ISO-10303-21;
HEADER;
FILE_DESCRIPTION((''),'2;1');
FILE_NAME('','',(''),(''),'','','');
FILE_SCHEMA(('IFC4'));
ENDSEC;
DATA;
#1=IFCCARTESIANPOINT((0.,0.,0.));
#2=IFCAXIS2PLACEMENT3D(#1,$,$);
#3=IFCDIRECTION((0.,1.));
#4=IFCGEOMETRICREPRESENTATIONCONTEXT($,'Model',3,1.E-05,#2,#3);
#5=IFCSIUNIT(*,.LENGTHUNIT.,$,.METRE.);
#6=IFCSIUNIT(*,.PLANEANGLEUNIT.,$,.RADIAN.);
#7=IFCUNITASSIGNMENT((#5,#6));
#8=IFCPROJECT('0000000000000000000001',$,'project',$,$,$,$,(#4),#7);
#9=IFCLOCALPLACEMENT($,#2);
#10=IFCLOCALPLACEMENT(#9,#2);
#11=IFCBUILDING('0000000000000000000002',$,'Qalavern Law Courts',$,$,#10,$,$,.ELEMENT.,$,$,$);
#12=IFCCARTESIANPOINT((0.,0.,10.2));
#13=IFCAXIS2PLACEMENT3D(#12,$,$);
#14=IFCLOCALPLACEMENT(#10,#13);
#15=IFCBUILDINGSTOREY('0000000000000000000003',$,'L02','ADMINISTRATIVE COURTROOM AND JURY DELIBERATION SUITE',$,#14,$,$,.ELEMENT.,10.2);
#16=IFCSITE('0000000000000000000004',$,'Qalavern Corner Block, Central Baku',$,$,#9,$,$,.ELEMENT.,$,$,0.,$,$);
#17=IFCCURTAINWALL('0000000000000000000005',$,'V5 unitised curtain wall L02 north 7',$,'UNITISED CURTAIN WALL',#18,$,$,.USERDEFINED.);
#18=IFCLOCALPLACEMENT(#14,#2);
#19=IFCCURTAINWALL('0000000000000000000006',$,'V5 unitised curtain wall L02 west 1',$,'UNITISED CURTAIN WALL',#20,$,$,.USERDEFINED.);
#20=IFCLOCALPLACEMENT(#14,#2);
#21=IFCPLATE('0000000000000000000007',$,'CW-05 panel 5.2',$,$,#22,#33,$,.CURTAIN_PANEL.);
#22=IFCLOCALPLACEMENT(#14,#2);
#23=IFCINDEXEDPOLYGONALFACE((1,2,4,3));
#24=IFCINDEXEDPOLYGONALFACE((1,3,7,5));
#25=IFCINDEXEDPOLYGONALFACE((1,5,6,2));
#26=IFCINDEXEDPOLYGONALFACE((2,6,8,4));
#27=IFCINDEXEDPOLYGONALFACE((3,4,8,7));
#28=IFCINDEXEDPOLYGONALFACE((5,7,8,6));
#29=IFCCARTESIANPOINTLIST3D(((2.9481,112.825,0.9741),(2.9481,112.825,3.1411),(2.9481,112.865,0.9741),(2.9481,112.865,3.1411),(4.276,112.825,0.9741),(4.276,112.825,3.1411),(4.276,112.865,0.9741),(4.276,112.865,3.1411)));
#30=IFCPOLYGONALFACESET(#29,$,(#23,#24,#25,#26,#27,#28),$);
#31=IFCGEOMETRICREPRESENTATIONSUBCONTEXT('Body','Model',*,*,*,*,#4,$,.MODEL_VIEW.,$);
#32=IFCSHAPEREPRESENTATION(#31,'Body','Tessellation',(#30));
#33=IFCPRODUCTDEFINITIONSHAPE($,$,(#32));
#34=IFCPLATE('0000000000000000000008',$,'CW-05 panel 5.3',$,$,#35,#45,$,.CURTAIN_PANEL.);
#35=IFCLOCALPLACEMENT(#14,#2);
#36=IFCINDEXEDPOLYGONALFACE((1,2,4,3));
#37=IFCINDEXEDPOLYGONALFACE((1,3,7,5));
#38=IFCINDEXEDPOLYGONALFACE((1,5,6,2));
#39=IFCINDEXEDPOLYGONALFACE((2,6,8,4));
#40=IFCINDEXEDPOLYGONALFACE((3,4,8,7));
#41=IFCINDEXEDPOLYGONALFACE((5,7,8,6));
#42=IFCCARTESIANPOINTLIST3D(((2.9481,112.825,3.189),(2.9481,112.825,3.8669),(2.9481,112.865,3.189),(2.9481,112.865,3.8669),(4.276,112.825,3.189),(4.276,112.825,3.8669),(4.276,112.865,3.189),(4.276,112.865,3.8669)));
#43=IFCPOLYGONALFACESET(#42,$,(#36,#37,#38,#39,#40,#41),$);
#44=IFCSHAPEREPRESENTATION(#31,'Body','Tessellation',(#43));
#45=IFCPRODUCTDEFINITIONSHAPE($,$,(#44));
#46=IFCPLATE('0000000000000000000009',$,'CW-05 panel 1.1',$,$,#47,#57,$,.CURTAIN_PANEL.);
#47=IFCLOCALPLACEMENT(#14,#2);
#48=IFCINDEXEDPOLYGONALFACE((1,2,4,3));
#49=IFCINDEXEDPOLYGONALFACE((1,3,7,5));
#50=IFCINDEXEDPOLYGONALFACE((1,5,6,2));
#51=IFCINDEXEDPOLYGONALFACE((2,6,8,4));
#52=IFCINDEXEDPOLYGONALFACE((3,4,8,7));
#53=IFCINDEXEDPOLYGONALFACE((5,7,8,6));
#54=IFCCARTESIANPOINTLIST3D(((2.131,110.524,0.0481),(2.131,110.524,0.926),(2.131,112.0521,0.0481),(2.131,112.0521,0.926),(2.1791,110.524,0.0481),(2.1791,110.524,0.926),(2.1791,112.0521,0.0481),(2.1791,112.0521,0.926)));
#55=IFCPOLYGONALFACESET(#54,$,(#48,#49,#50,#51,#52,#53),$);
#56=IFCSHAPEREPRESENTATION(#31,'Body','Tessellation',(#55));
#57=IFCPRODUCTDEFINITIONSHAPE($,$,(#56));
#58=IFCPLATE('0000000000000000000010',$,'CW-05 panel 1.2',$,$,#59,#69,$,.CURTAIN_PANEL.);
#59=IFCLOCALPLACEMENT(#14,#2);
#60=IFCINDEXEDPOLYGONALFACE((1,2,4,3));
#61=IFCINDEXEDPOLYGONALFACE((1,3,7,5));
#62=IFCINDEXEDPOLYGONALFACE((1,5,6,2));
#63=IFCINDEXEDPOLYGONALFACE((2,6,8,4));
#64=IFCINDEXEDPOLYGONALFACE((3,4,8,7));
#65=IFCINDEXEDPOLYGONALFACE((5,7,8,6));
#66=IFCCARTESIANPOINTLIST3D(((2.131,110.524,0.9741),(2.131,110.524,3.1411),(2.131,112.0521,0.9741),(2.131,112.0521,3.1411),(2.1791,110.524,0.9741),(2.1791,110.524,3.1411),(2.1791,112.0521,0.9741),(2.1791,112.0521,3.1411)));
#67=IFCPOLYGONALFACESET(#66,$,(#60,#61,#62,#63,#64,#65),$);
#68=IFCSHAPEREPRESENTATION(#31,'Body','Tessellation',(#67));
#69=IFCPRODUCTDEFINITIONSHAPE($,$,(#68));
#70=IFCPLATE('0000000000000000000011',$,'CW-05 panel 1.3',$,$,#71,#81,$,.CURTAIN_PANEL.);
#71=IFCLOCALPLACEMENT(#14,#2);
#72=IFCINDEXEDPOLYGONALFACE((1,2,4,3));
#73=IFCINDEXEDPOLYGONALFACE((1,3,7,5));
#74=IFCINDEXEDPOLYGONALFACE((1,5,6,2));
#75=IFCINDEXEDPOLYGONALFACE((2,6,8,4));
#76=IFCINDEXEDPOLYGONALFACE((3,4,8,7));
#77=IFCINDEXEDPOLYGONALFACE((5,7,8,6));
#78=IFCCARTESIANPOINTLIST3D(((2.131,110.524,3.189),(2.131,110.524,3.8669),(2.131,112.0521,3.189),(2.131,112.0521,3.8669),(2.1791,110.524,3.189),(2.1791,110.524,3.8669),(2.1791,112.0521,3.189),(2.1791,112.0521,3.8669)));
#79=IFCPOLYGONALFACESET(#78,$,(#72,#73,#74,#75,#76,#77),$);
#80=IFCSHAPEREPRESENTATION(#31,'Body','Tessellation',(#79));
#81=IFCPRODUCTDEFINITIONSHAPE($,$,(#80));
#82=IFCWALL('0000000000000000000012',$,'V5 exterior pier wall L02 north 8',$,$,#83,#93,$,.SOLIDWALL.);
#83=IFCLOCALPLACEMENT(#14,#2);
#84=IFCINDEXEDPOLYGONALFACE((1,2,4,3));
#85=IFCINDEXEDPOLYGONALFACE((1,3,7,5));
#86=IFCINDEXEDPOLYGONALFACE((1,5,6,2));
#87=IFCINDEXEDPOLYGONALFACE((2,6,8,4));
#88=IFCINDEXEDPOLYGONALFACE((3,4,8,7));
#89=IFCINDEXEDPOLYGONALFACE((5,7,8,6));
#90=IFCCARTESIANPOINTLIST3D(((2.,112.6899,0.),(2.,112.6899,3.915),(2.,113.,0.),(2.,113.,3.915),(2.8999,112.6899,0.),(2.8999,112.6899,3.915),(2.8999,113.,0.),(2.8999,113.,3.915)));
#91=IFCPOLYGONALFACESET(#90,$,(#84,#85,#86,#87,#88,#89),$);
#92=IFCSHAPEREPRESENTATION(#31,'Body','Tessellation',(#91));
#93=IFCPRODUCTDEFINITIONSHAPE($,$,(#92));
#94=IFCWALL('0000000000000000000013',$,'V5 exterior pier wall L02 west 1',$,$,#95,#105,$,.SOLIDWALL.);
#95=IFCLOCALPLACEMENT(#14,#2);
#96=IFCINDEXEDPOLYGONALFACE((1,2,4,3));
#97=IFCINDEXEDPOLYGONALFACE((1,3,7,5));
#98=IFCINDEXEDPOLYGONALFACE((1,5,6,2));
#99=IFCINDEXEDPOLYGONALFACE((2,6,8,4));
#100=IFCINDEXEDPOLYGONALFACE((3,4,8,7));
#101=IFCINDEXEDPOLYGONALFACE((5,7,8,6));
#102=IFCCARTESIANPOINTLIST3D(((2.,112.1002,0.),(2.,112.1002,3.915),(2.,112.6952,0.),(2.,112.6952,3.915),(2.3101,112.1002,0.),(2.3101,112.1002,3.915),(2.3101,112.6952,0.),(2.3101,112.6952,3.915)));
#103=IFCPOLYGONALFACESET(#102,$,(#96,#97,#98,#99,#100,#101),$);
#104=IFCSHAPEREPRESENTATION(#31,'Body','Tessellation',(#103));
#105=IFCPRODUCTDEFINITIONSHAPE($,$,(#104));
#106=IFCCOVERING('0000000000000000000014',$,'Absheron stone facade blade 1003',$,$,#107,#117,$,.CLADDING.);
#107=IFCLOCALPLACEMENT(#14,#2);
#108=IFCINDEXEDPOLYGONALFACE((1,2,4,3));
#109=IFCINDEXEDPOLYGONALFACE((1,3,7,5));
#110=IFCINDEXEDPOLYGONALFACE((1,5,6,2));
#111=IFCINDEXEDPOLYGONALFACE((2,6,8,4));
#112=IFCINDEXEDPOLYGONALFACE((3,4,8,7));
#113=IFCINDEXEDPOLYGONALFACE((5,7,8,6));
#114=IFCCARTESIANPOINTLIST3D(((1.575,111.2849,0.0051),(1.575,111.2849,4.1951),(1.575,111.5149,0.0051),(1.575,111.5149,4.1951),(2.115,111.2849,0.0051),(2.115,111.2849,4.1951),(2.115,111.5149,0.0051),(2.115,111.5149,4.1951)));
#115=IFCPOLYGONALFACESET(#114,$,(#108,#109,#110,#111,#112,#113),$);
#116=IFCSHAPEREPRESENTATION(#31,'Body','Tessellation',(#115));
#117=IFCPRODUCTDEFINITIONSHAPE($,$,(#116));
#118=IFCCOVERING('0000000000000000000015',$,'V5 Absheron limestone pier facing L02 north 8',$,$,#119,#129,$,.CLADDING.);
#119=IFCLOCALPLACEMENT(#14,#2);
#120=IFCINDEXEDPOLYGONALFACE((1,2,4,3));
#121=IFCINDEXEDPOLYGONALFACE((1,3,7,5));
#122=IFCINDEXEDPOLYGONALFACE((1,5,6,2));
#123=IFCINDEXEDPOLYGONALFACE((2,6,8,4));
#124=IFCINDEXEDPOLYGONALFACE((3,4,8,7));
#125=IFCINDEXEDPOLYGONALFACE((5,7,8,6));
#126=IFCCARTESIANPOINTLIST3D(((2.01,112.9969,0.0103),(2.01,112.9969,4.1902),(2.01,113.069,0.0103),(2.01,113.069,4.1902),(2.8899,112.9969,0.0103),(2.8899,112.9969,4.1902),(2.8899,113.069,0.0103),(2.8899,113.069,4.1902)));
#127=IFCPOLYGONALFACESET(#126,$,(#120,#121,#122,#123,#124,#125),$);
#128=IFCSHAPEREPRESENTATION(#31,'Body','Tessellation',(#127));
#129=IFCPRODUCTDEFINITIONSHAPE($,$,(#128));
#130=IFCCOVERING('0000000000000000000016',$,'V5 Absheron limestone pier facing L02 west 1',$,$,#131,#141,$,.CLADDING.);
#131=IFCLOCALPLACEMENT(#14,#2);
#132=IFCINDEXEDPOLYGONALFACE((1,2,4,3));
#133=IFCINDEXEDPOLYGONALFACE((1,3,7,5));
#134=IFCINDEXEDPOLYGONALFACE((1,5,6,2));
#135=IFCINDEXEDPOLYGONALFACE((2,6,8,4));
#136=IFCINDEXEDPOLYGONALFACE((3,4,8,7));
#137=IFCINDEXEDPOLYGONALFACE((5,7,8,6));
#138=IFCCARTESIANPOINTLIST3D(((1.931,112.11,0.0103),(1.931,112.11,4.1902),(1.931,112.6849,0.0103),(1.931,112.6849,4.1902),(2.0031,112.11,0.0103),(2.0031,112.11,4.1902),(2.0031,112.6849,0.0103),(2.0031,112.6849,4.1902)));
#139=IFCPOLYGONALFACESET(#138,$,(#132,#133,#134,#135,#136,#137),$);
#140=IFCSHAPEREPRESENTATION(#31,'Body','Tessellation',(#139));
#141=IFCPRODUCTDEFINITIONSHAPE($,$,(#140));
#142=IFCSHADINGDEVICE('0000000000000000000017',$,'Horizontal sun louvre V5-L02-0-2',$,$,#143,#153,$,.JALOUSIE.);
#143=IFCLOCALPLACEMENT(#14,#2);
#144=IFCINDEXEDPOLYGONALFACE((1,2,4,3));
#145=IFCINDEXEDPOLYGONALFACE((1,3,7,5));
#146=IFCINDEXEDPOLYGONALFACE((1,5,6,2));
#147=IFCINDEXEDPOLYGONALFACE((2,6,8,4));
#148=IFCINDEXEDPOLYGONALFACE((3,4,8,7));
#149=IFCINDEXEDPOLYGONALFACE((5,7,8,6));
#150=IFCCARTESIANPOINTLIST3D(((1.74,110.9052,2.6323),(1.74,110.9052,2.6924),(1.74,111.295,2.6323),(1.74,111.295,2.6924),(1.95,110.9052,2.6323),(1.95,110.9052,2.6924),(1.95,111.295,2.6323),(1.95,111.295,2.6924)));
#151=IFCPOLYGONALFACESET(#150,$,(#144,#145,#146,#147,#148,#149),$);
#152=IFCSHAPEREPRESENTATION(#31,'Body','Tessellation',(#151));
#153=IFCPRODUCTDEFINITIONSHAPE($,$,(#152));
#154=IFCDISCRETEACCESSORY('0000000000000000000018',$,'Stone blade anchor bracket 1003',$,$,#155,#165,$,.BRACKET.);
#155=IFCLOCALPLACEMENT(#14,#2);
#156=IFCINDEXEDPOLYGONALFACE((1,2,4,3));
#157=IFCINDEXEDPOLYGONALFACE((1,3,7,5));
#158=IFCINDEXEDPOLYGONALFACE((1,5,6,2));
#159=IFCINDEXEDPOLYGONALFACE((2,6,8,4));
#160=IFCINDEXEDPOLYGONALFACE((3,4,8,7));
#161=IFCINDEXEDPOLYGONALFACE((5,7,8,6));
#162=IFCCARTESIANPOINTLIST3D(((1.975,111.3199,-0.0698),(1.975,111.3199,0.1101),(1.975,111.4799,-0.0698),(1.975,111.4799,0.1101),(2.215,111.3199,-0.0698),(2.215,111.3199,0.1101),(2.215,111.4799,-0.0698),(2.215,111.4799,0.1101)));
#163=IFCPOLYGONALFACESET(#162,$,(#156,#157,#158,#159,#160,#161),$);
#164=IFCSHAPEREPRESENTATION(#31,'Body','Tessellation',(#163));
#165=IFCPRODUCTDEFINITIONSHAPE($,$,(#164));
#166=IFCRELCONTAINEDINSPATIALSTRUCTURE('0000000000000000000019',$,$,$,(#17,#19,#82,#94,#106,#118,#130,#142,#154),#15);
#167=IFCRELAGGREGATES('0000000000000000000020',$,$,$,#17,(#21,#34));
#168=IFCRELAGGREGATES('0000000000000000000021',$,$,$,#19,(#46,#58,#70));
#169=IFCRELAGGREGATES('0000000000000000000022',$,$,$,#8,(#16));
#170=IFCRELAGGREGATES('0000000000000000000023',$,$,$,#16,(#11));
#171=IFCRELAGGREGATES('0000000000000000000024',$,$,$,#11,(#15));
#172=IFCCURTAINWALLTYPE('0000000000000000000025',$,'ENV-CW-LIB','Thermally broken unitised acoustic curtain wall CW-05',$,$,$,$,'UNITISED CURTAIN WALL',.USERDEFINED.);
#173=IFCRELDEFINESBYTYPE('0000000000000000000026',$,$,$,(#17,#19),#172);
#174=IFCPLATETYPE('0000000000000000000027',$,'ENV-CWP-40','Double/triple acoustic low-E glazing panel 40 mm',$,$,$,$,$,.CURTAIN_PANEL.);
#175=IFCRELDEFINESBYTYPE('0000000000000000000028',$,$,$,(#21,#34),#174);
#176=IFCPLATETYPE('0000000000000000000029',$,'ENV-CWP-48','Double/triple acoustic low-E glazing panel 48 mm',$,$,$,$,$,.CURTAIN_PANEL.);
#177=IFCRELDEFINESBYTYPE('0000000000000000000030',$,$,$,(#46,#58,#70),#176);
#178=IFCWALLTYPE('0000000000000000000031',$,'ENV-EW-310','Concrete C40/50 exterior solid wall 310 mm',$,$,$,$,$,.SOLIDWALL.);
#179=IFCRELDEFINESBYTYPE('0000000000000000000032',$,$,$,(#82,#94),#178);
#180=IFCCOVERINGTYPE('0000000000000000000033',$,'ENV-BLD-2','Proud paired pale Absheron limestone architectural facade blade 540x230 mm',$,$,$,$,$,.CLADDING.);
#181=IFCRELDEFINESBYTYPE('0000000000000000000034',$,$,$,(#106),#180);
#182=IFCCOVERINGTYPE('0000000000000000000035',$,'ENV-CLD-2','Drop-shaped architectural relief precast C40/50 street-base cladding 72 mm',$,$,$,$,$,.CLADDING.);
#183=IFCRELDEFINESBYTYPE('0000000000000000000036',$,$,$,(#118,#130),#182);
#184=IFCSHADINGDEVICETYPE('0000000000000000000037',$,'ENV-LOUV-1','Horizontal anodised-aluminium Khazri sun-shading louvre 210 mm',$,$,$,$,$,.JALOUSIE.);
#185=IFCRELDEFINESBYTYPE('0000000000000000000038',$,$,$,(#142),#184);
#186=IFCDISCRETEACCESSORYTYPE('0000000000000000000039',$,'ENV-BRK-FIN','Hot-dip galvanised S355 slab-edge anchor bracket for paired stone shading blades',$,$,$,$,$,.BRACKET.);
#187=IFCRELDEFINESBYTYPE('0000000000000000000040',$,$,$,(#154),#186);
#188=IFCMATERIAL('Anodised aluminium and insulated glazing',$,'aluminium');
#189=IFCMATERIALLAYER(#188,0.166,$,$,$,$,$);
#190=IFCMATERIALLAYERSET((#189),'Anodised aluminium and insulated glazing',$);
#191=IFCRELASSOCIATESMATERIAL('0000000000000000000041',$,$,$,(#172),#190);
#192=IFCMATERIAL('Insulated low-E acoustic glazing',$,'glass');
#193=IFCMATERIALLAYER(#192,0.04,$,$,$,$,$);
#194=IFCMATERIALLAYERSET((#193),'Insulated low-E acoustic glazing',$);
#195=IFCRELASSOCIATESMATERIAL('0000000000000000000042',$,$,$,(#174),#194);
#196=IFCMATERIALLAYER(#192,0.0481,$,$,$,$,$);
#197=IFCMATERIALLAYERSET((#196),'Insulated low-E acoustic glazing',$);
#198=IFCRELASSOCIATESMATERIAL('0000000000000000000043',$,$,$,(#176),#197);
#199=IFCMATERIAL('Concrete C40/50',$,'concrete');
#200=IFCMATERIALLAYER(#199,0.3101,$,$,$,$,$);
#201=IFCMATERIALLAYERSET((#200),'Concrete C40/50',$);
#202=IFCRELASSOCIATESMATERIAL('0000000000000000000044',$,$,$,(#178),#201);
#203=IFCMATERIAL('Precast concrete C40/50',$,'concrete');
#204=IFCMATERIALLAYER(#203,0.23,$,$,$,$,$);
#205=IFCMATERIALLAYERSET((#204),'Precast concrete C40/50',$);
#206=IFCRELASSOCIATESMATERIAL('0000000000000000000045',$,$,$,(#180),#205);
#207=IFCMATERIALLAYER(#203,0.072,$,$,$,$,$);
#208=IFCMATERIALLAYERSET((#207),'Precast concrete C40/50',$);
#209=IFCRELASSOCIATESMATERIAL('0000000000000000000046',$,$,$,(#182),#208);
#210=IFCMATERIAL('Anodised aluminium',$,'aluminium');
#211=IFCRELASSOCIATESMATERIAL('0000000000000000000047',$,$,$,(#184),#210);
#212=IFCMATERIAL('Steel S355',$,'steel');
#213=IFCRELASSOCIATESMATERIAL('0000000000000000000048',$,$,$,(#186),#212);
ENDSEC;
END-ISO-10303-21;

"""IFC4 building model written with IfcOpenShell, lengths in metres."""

from ifc_helpers import new_model, si_unit, direction, frame, frame_2d, origin, origin_2d, place, context, subcontext, project, spatial, rectangle, extrude, material, layer, layer_set, type_object, element, aggregate, save


model = new_model("IFC4")

# Units and contexts
model_context = context("Model", 3, precision=1e-05, world=origin(), true_north=direction((0.0, 1.0)))
body_context = subcontext(model_context, "Body", "Model", "MODEL_VIEW")
ifc_project = project(units=[si_unit("LENGTHUNIT", "METRE"), si_unit("PLANEANGLEUNIT", "RADIAN")], contexts=[model_context])

# Site, building, storey
site_placement = place(None, origin())
site = spatial("IfcSite", under=ifc_project, at=site_placement, Name="Qalavern Corner Block, Central Baku", CompositionType="ELEMENT", RefElevation=0.0)
building_placement = place(site_placement, origin())
building = spatial("IfcBuilding", under=site, at=building_placement, Name="Qalavern Law Courts", CompositionType="ELEMENT")
storey_placement = place(building_placement, frame((0.0, 0.0, 10.2)))
storey = spatial("IfcBuildingStorey", under=building, at=storey_placement, Name="L02", Description="ADMINISTRATIVE COURTROOM AND JURY DELIBERATION SUITE", CompositionType="ELEMENT", Elevation=10.2)

# Curtain walls
ifc_material_1 = material(Name="Anodised aluminium and insulated glazing", Category="aluminium")
ifc_layer_1 = layer(ifc_material_1, 0.166)
ifc_layer_set_1 = layer_set([ifc_layer_1], Name="Anodised aluminium and insulated glazing")
curtain_wall_type = type_object("IfcCurtainWallType", Name="ENV-CW-LIB", Description="Thermally broken unitised acoustic curtain wall CW-05", ElementType="UNITISED CURTAIN WALL", PredefinedType="USERDEFINED", material=ifc_layer_set_1)
curtain_wall_1_placement = place(storey_placement, origin())
curtain_wall_1 = element("IfcCurtainWall", 1, at=curtain_wall_1_placement, inside=storey, type_object=curtain_wall_type, Name="V5 unitised curtain wall L02 north 7", ObjectType="UNITISED CURTAIN WALL", PredefinedType="USERDEFINED")
ifc_material_2 = material(Name="Anodised aluminium", Category="aluminium")
curtain_wall_2_placement = place(storey_placement, origin())
curtain_wall_2 = element("IfcCurtainWall", 2, at=curtain_wall_2_placement, inside=storey, type_object=curtain_wall_type, Name="V5 unitised curtain wall L02 west 1", ObjectType="UNITISED CURTAIN WALL", PredefinedType="USERDEFINED")

# Shared definitions
ifc_material_3 = material(Name="Concrete C40/50", Category="concrete")

# Plates
ifc_material_4 = material(Name="Insulated low-E acoustic glazing", Category="glass")
ifc_layer_2 = layer(ifc_material_4, 0.04)
ifc_layer_set_2 = layer_set([ifc_layer_2], Name="Insulated low-E acoustic glazing")
plate_type_1 = type_object("IfcPlateType", Name="ENV-CWP-40", Description="Double/triple acoustic low-E glazing panel 40 mm", PredefinedType="CURTAIN_PANEL", material=ifc_layer_set_2)
plate_1_placement = place(storey_placement, frame((3.6121, 112.845, 0.9741), z_axis=(0.0, 0.0, 1.0), x_axis=(-1.0, 0.0, 0.0)))
plate_1 = element("IfcPlate", 3, at=plate_1_placement, type_object=plate_type_1, Name="CW-05 panel 5.2", PredefinedType="CURTAIN_PANEL", context=body_context, shape_type="SweptSolid", body=[
    extrude(rectangle(XDim=1.3279, YDim=0.04, at=origin_2d()), origin(), (0.0, 0.0, 1.0), 2.167),
])
plate_2_placement = place(storey_placement, frame((3.6121, 112.845, 3.189), z_axis=(0.0, 0.0, 1.0), x_axis=(-1.0, 0.0, 0.0)))
plate_2 = element("IfcPlate", 4, at=plate_2_placement, type_object=plate_type_1, Name="CW-05 panel 5.3", PredefinedType="CURTAIN_PANEL", context=body_context, shape_type="SweptSolid", body=[
    extrude(rectangle(XDim=1.3279, YDim=0.04, at=origin_2d()), origin(), (0.0, 0.0, 1.0), 0.678),
])
aggregate(curtain_wall_1, [plate_1, plate_2])
ifc_layer_3 = layer(ifc_material_4, 0.0481)
ifc_layer_set_3 = layer_set([ifc_layer_3], Name="Insulated low-E acoustic glazing")
plate_type_2 = type_object("IfcPlateType", Name="ENV-CWP-48", Description="Double/triple acoustic low-E glazing panel 48 mm", PredefinedType="CURTAIN_PANEL", material=ifc_layer_set_3)
plate_3_placement = place(storey_placement, frame((2.155, 111.2881, 0.0481), z_axis=(0.0, 0.0, 1.0), x_axis=(0.0, -1.0, 0.0)))
plate_3 = element("IfcPlate", 5, at=plate_3_placement, type_object=plate_type_2, Name="CW-05 panel 1.1", PredefinedType="CURTAIN_PANEL", context=body_context, shape_type="SweptSolid", body=[
    extrude(rectangle(XDim=1.5281, YDim=0.0481, at=origin_2d()), origin(), (0.0, 0.0, 1.0), 0.8779),
])
plate_4_placement = place(storey_placement, frame((2.155, 111.2881, 0.9741), z_axis=(0.0, 0.0, 1.0), x_axis=(0.0, -1.0, 0.0)))
plate_4 = element("IfcPlate", 6, at=plate_4_placement, type_object=plate_type_2, Name="CW-05 panel 1.2", PredefinedType="CURTAIN_PANEL", context=body_context, shape_type="SweptSolid", body=[
    extrude(rectangle(XDim=1.5281, YDim=0.0481, at=origin_2d()), origin(), (0.0, 0.0, 1.0), 2.167),
])
plate_5_placement = place(storey_placement, frame((2.155, 111.2881, 3.189), z_axis=(0.0, 0.0, 1.0), x_axis=(0.0, -1.0, 0.0)))
plate_5 = element("IfcPlate", 7, at=plate_5_placement, type_object=plate_type_2, Name="CW-05 panel 1.3", PredefinedType="CURTAIN_PANEL", context=body_context, shape_type="SweptSolid", body=[
    extrude(rectangle(XDim=1.5281, YDim=0.0481, at=origin_2d()), origin(), (0.0, 0.0, 1.0), 0.678),
])
aggregate(curtain_wall_2, [plate_3, plate_4, plate_5])

# Walls
ifc_layer_4 = layer(ifc_material_3, 0.3101)
ifc_layer_set_4 = layer_set([ifc_layer_4], Name="Concrete C40/50")
wall_type = type_object("IfcWallType", Name="ENV-EW-310", Description="Concrete C40/50 exterior solid wall 310 mm", PredefinedType="SOLIDWALL", material=ifc_layer_set_4)
wall_1_placement = place(storey_placement, frame((2.8999, 112.845, 0.0), z_axis=(0.0, 0.0, 1.0), x_axis=(-1.0, 0.0, 0.0)))
element("IfcWall", 8, at=wall_1_placement, inside=storey, type_object=wall_type, Name="V5 exterior pier wall L02 north 8", PredefinedType="SOLIDWALL", context=body_context, shape_type="SweptSolid", body=[
    extrude(rectangle(XDim=0.8999, YDim=0.3101, at=frame_2d((0.45, 0.0))), origin(), (0.0, 0.0, 1.0), 3.915),
])
wall_2_placement = place(storey_placement, frame((2.155, 112.6951, 0.0), z_axis=(0.0, 0.0, 1.0), x_axis=(0.0, -1.0, 0.0)))
element("IfcWall", 9, at=wall_2_placement, inside=storey, type_object=wall_type, Name="V5 exterior pier wall L02 west 1", PredefinedType="SOLIDWALL", context=body_context, shape_type="SweptSolid", body=[
    extrude(rectangle(XDim=0.595, YDim=0.3101, at=frame_2d((0.2974, 0.0))), origin(), (0.0, 0.0, 1.0), 3.915),
])

# Coverings
ifc_material_5 = material(Name="Precast concrete C40/50", Category="concrete")
ifc_layer_5 = layer(ifc_material_5, 0.23)
ifc_layer_set_5 = layer_set([ifc_layer_5], Name="Precast concrete C40/50")
covering_type_1 = type_object("IfcCoveringType", Name="ENV-BLD-2", Description="Proud paired pale Absheron limestone architectural facade blade 540x230 mm", PredefinedType="CLADDING", material=ifc_layer_set_5)
covering_1_placement = place(storey_placement, frame((1.845, 111.3999, 0.0051), z_axis=(0.0, 0.0, 1.0), x_axis=(-1.0, 0.0, 0.0)))
element("IfcCovering", 10, at=covering_1_placement, inside=storey, type_object=covering_type_1, Name="Absheron stone facade blade 1003", PredefinedType="CLADDING", context=body_context, shape_type="SweptSolid", body=[
    extrude(rectangle(XDim=0.54, YDim=0.23, at=origin_2d()), origin(), (0.0, 0.0, 1.0), 4.1899),
])
ifc_layer_6 = layer(ifc_material_5, 0.072)
ifc_layer_set_6 = layer_set([ifc_layer_6], Name="Precast concrete C40/50")
covering_type_2 = type_object("IfcCoveringType", Name="ENV-CLD-2", Description="Drop-shaped architectural relief precast C40/50 street-base cladding 72 mm", PredefinedType="CLADDING", material=ifc_layer_set_6)
covering_2_placement = place(storey_placement, frame((2.45, 113.033, 0.0103), z_axis=(0.0, 0.0, 1.0), x_axis=(-1.0, 0.0, 0.0)))
element("IfcCovering", 11, at=covering_2_placement, inside=storey, type_object=covering_type_2, Name="V5 Absheron limestone pier facing L02 north 8", PredefinedType="CLADDING", context=body_context, shape_type="SweptSolid", body=[
    extrude(rectangle(XDim=0.8799, YDim=0.072, at=origin_2d()), origin(), (0.0, 0.0, 1.0), 4.1799),
])
covering_3_placement = place(storey_placement, frame((1.967, 112.3975, 0.0103), z_axis=(0.0, 0.0, 1.0), x_axis=(0.0, -1.0, 0.0)))
element("IfcCovering", 12, at=covering_3_placement, inside=storey, type_object=covering_type_2, Name="V5 Absheron limestone pier facing L02 west 1", PredefinedType="CLADDING", context=body_context, shape_type="SweptSolid", body=[
    extrude(rectangle(XDim=0.575, YDim=0.072, at=origin_2d()), origin(), (0.0, 0.0, 1.0), 4.1799),
])

# Shading device
shading_device_type = type_object("IfcShadingDeviceType", Name="ENV-LOUV-1", Description="Horizontal anodised-aluminium Khazri sun-shading louvre 210 mm", PredefinedType="JALOUSIE", material=ifc_material_2)
shading_device_placement = place(storey_placement, frame((1.845, 111.1001, 2.6323), z_axis=(0.0, 0.0, 1.0), x_axis=(0.0, -1.0, 0.0)))
element("IfcShadingDevice", 13, at=shading_device_placement, inside=storey, type_object=shading_device_type, Name="Horizontal sun louvre V5-L02-0-2", PredefinedType="JALOUSIE", context=body_context, shape_type="SweptSolid", body=[
    extrude(rectangle(XDim=0.3899, YDim=0.21, at=origin_2d()), origin(), (0.0, 0.0, 1.0), 0.0601),
])

# Discrete accessory
ifc_material_6 = material(Name="Steel S355", Category="steel")
discrete_accessory_type = type_object("IfcDiscreteAccessoryType", Name="ENV-BRK-FIN", Description="Hot-dip galvanised S355 slab-edge anchor bracket for paired stone shading blades", PredefinedType="BRACKET", material=ifc_material_6)
discrete_accessory_placement = place(storey_placement, frame((2.095, 111.3999, -0.0698), z_axis=(0.0, 0.0, 1.0), x_axis=(-1.0, 0.0, 0.0)))
element("IfcDiscreteAccessory", 14, at=discrete_accessory_placement, inside=storey, type_object=discrete_accessory_type, Name="Stone blade anchor bracket 1003", PredefinedType="BRACKET", context=body_context, shape_type="SweptSolid", body=[
    extrude(rectangle(XDim=0.24, YDim=0.1599, at=origin_2d()), origin(), (0.0, 0.0, 1.0), 0.1799),
])

save(model, "model.ifc")
